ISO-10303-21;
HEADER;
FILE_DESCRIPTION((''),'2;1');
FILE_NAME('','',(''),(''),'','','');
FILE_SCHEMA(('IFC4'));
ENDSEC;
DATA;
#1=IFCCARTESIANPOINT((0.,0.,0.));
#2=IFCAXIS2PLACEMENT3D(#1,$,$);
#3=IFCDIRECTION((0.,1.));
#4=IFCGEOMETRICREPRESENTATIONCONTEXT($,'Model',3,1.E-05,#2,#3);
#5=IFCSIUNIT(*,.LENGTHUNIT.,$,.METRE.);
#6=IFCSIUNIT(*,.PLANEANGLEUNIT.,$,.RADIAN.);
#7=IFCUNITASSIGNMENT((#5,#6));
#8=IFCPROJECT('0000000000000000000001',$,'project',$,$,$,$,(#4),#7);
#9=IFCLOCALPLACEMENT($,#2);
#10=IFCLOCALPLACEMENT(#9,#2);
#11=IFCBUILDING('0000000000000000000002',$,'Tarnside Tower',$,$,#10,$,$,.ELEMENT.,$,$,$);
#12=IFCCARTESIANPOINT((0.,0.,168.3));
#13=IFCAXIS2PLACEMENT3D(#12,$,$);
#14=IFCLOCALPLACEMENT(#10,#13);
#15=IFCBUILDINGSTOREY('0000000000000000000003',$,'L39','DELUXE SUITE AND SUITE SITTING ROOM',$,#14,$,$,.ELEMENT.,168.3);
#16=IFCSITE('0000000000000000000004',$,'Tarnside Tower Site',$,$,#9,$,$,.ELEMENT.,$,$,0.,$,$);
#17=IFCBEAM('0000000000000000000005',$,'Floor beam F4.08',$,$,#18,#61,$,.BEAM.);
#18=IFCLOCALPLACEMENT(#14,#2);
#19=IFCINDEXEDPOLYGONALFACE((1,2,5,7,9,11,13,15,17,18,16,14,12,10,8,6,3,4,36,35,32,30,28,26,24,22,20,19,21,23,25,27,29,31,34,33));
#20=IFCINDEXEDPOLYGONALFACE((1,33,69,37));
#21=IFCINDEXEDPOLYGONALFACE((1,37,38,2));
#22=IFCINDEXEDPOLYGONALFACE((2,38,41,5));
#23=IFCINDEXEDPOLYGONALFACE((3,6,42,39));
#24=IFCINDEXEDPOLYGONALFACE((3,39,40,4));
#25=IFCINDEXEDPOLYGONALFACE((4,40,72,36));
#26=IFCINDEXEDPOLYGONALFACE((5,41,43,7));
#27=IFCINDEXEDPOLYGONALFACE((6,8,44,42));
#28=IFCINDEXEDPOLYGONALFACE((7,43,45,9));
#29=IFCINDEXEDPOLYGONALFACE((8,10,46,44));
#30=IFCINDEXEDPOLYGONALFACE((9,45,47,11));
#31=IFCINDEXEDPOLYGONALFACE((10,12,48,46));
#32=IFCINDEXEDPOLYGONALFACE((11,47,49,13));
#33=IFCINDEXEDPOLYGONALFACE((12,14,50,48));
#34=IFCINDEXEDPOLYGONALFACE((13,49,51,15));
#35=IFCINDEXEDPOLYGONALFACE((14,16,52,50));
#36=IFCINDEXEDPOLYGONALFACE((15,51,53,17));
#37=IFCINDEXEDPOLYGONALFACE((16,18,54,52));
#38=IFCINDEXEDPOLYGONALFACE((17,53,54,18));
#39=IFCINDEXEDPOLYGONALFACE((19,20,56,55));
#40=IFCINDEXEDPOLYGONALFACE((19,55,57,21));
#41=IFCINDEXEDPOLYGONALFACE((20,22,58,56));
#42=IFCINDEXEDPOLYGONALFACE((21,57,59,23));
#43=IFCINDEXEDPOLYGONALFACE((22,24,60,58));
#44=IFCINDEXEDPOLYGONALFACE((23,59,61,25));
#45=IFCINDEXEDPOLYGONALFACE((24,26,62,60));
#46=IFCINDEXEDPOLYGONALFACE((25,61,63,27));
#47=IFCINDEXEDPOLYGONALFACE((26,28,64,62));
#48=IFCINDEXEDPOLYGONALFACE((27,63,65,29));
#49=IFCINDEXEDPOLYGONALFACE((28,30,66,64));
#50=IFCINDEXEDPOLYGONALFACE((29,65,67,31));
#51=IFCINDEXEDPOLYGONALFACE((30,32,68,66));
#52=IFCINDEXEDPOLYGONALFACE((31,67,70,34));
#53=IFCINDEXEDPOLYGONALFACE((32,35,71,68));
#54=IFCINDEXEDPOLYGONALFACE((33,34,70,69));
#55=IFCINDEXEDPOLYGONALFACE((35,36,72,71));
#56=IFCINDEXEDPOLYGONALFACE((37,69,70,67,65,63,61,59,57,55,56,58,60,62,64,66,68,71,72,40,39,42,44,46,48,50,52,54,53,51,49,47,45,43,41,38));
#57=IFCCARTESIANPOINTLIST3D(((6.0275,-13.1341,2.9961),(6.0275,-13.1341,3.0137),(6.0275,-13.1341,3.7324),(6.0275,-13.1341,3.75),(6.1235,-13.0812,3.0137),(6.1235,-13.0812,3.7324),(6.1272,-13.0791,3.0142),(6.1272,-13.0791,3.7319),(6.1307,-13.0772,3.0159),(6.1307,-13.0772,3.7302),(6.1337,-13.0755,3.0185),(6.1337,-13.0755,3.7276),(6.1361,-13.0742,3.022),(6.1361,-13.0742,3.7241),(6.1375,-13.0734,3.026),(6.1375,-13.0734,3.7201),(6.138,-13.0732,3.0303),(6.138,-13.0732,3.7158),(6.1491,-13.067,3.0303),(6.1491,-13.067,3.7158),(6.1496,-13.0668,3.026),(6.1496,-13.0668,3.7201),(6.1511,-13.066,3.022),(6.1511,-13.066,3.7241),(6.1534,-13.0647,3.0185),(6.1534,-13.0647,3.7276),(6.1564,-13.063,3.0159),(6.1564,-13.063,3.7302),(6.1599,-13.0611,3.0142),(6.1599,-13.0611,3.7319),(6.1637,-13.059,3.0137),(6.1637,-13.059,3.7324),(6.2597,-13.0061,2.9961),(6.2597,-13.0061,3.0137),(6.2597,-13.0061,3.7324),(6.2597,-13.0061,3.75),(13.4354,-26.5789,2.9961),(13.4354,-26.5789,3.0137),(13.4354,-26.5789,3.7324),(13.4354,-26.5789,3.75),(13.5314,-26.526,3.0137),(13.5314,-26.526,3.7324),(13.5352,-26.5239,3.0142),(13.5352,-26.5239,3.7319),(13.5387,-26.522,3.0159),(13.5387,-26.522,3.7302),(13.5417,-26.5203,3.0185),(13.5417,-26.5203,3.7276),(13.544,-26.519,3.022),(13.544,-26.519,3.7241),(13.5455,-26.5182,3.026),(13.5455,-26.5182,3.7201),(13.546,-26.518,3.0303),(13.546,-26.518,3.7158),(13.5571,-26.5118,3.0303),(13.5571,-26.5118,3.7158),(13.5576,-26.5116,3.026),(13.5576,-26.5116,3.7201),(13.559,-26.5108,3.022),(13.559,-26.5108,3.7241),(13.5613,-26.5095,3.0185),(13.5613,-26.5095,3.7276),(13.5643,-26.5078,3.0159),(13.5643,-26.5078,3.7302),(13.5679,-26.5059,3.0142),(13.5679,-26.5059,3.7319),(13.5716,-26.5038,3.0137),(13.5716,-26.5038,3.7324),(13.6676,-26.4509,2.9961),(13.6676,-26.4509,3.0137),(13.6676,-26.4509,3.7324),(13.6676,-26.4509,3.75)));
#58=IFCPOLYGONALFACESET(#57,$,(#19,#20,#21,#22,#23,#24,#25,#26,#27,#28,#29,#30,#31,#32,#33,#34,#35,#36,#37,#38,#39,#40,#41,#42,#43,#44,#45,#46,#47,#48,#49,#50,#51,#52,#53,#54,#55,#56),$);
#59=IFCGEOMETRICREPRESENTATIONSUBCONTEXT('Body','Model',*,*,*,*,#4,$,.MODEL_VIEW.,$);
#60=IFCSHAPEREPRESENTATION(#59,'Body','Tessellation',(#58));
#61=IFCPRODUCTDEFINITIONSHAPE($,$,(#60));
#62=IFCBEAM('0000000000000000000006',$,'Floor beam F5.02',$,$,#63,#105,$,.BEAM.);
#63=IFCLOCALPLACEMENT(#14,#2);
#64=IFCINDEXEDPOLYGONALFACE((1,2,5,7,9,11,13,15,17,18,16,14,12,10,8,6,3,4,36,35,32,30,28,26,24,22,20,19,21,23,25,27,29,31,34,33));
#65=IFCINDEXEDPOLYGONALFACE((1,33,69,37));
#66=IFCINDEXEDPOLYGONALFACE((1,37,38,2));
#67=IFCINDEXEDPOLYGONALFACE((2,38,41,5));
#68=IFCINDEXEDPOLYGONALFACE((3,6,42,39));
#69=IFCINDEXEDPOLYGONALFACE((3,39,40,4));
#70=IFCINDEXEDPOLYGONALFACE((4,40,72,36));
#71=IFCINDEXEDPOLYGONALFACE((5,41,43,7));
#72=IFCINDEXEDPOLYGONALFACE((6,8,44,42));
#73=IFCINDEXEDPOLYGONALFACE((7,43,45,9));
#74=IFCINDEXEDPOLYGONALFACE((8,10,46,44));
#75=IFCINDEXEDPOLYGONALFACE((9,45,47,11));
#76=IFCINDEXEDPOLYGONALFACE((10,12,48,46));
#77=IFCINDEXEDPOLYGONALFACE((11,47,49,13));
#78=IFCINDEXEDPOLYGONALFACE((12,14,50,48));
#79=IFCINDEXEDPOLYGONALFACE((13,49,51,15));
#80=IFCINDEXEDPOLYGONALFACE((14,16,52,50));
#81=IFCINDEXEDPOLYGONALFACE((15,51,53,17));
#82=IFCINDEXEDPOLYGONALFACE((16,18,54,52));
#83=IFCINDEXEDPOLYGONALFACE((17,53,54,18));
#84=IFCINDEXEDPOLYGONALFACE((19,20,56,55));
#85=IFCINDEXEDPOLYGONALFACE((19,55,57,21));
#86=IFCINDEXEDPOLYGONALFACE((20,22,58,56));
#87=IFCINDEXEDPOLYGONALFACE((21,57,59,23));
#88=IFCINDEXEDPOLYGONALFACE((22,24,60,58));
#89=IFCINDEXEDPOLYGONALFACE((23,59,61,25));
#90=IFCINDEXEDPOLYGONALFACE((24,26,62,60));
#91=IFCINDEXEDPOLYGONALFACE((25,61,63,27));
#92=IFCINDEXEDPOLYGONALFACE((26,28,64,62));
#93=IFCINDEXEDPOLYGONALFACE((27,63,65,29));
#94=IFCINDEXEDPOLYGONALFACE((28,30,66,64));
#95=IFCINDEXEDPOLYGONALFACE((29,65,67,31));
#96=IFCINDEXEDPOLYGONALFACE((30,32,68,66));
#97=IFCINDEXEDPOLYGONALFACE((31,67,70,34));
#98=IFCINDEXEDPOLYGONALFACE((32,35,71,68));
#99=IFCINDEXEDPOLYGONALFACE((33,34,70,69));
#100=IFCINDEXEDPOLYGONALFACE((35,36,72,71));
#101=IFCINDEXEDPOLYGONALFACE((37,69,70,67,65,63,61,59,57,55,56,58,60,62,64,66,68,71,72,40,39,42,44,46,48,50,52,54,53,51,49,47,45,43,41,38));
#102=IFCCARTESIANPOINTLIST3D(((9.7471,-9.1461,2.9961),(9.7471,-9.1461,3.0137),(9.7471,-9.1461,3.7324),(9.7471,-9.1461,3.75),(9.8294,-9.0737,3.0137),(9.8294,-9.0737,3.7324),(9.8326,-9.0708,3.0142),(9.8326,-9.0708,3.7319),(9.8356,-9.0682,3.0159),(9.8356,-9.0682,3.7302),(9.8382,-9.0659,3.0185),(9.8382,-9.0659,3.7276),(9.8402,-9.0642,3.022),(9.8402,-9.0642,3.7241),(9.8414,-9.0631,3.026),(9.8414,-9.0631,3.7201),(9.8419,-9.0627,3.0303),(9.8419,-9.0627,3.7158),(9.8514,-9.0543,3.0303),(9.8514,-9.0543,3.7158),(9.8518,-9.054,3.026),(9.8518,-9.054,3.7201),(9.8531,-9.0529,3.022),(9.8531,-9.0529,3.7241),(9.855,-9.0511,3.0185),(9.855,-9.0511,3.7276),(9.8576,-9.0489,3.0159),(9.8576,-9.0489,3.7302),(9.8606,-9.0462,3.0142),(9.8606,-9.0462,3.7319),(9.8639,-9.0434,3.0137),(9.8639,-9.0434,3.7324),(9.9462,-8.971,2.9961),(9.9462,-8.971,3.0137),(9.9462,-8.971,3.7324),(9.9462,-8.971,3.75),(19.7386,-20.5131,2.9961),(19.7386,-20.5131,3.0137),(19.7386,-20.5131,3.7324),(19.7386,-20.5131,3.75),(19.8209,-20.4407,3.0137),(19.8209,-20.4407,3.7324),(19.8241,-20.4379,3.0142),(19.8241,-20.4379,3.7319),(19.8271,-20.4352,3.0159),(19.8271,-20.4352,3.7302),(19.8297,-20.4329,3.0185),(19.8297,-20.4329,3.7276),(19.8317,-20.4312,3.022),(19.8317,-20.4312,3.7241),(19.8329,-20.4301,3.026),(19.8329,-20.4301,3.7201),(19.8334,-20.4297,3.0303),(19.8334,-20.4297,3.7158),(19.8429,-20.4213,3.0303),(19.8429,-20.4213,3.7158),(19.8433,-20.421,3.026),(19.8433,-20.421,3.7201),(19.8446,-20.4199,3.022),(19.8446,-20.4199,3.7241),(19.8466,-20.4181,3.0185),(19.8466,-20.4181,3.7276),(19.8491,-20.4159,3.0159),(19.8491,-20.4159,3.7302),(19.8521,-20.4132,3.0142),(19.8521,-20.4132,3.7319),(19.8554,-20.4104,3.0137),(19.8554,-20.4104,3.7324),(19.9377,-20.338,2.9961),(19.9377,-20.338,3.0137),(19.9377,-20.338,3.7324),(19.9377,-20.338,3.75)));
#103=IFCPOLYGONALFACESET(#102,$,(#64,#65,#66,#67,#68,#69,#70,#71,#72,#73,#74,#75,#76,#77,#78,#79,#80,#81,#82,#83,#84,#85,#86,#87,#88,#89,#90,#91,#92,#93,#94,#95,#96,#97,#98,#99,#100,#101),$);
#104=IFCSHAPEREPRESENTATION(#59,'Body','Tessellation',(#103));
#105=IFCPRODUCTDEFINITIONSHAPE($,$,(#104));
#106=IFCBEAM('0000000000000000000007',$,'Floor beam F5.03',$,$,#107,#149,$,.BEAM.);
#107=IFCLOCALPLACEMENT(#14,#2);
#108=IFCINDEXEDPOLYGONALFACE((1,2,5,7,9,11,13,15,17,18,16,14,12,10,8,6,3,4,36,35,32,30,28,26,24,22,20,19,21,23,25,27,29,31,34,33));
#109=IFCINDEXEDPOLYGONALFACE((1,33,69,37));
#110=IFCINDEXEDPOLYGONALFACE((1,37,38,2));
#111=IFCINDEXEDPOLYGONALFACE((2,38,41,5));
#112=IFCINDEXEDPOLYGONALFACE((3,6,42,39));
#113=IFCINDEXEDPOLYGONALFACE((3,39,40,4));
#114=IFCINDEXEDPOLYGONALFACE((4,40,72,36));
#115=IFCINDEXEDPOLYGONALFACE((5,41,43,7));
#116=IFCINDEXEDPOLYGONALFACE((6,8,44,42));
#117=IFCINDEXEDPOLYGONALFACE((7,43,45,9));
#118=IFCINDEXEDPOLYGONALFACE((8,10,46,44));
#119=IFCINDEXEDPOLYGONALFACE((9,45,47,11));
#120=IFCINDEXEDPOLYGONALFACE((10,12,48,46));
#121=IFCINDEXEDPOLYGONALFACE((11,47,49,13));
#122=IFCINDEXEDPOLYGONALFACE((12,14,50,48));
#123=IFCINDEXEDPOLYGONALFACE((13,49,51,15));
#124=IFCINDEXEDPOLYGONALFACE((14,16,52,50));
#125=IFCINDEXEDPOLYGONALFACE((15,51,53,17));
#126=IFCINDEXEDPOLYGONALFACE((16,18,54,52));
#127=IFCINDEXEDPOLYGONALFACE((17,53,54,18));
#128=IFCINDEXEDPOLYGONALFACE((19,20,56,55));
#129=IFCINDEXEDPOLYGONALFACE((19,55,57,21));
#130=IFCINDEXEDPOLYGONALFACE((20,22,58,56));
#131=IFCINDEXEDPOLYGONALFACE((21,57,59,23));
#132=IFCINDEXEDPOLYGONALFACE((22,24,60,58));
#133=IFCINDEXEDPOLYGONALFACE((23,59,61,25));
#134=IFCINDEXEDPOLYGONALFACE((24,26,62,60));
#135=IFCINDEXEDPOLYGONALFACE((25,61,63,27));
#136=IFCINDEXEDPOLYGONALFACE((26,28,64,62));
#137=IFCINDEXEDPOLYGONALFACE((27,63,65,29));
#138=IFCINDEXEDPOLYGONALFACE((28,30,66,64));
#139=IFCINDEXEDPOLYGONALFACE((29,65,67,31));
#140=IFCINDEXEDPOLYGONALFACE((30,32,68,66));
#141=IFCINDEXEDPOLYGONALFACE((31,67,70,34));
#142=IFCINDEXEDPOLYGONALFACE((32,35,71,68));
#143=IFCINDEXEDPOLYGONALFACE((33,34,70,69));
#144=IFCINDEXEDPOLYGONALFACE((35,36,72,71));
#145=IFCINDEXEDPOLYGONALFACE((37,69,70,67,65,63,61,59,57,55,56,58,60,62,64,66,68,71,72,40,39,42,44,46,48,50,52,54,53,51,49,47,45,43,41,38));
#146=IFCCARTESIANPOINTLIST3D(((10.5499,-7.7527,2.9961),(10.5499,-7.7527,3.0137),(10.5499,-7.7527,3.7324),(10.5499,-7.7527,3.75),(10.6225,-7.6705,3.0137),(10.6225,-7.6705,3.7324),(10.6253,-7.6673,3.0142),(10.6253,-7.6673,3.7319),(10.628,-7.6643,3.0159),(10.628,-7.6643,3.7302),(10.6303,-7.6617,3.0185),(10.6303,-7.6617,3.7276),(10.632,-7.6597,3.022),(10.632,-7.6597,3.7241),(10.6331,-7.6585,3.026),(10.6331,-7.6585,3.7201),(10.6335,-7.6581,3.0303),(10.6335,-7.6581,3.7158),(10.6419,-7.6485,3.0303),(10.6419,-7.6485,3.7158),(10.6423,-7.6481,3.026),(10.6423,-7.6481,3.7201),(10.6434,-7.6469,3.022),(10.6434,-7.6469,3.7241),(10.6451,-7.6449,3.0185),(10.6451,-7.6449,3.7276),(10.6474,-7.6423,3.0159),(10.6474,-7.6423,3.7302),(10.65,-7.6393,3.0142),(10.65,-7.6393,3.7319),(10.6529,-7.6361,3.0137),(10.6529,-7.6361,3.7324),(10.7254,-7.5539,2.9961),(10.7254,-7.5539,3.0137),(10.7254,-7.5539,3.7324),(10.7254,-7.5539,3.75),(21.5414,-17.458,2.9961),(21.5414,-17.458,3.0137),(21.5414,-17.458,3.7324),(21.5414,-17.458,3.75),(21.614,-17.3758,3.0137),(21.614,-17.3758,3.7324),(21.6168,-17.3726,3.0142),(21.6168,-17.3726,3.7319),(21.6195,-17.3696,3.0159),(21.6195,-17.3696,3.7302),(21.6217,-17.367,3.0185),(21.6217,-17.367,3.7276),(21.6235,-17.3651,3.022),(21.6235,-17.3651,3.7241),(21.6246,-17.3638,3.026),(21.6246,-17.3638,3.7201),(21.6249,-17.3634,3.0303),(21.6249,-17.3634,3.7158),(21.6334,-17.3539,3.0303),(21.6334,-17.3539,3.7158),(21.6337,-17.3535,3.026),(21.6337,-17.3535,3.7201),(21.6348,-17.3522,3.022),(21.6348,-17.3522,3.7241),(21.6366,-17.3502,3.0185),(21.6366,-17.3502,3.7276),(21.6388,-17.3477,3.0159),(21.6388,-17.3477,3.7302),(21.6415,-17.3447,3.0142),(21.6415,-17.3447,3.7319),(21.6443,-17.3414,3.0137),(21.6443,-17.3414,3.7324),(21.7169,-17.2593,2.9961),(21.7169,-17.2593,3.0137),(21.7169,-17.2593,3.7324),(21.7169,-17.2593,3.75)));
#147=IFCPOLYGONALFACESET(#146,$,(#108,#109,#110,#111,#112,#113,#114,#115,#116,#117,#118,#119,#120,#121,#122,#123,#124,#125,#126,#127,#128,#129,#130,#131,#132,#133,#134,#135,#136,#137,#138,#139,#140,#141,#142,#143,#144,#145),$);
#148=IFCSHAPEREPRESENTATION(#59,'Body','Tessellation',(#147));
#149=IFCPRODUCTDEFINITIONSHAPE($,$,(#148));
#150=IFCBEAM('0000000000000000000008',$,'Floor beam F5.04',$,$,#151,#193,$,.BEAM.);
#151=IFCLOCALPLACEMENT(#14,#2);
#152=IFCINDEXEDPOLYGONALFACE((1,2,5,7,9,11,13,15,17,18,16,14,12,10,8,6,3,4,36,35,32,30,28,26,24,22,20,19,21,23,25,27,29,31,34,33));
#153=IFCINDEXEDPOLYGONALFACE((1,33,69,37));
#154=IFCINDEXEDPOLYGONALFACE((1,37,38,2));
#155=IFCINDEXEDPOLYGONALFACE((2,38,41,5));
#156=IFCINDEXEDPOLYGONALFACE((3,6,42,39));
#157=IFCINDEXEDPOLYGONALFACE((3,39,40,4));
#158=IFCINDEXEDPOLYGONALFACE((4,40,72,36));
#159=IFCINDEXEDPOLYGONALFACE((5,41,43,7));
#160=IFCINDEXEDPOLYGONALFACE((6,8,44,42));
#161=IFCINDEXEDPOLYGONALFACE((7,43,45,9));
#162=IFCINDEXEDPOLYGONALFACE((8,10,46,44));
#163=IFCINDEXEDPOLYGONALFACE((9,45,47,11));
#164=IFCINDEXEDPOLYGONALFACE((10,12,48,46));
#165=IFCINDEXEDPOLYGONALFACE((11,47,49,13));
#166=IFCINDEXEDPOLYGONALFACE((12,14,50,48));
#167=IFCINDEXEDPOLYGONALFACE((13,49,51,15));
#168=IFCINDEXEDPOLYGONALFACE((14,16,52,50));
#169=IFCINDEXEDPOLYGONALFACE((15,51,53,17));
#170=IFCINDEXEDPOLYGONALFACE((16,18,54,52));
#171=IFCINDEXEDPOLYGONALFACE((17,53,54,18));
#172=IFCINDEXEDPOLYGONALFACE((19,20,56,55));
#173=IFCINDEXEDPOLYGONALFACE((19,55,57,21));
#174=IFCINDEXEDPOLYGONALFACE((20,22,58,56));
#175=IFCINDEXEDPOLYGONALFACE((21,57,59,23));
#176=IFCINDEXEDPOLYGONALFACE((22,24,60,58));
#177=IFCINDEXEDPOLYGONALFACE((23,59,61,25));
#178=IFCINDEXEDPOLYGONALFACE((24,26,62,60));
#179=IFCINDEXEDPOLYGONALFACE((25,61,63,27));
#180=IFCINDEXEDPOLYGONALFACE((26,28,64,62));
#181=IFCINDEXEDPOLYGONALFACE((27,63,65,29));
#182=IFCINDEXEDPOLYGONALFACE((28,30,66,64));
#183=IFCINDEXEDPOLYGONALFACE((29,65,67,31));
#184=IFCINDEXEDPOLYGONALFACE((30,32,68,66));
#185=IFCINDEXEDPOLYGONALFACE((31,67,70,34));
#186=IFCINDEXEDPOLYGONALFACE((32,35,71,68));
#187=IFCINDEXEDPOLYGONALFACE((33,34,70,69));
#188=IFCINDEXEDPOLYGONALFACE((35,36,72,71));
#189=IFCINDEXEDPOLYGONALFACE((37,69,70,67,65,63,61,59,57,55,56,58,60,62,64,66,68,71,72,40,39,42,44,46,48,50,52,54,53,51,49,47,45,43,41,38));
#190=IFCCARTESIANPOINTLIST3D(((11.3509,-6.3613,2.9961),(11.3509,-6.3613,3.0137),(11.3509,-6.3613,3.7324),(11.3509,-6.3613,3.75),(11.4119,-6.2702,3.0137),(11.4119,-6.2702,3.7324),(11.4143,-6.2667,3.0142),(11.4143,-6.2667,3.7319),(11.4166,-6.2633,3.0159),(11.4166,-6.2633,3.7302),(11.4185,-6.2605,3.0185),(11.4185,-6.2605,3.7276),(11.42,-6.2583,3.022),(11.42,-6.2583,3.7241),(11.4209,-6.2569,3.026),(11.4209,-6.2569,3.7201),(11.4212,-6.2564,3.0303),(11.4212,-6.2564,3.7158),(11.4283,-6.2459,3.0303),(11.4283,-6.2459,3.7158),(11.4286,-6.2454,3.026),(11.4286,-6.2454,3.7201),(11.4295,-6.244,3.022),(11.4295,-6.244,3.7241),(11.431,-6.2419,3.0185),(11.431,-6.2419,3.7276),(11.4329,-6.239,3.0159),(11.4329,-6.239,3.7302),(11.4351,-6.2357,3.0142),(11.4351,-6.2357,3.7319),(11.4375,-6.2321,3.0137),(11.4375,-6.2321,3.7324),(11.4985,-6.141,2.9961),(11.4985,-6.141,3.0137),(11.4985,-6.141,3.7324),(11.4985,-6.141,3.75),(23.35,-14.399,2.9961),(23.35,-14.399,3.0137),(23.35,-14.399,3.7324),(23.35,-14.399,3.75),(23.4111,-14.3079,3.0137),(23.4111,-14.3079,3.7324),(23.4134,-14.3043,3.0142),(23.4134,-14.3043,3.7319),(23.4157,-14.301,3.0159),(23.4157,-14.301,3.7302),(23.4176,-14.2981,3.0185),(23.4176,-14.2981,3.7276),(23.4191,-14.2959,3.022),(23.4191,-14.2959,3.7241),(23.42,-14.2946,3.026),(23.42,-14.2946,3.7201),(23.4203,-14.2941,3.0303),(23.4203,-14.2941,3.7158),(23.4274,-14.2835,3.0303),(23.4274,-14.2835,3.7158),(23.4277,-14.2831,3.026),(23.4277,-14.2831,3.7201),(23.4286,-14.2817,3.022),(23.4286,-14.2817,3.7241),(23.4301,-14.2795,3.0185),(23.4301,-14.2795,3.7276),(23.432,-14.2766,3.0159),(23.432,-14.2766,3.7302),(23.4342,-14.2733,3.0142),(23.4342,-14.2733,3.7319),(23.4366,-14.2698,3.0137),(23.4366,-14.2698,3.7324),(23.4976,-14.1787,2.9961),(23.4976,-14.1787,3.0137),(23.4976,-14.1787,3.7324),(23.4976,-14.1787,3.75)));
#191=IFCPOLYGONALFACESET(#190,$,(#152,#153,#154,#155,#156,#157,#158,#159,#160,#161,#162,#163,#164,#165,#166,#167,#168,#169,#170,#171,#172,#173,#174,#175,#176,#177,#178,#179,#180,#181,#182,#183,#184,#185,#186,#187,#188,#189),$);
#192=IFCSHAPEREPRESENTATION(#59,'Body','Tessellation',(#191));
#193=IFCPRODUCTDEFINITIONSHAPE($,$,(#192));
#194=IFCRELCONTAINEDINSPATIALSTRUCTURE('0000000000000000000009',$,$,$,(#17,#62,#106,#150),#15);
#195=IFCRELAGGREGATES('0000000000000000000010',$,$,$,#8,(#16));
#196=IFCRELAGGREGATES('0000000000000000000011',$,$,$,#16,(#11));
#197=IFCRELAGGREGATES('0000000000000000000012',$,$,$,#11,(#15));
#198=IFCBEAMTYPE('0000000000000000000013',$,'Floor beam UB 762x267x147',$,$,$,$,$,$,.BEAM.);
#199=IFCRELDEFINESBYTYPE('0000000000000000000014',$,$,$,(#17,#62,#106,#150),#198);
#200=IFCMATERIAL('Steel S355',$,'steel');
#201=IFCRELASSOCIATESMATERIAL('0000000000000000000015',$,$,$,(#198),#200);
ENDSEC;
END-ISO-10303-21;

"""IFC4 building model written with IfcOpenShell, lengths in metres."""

from ifc_helpers import new_model, si_unit, direction, frame, origin, origin_2d, place, context, subcontext, project, spatial, i_section, extrude, material, material_profile, profile_set, type_object, element, save


model = new_model("IFC4")

# Units and contexts
model_context = context("Model", 3, precision=1e-05, world=origin(), true_north=direction((0.0, 1.0)))
body_context = subcontext(model_context, "Body", "Model", "MODEL_VIEW")
ifc_project = project(units=[si_unit("LENGTHUNIT", "METRE"), si_unit("PLANEANGLEUNIT", "RADIAN")], contexts=[model_context])

# Site, building, storey
site_placement = place(None, origin())
site = spatial("IfcSite", under=ifc_project, at=site_placement, Name="Tarnside Tower Site", CompositionType="ELEMENT", RefElevation=0.0)
building_placement = place(site_placement, origin())
building = spatial("IfcBuilding", under=site, at=building_placement, Name="Tarnside Tower", CompositionType="ELEMENT")
storey_placement = place(building_placement, frame((0.0, 0.0, 168.3)))
storey = spatial("IfcBuildingStorey", under=building, at=storey_placement, Name="L39", Description="DELUXE SUITE AND SUITE SITTING ROOM", CompositionType="ELEMENT", Elevation=168.3)

# Beams
ifc_material_1 = material(Name="Steel S355", Category="steel")
ifc_material_profile_1 = material_profile(ifc_material_1, i_section(OverallWidth=0.2651, OverallDepth=0.7539, WebThickness=0.0127, FlangeThickness=0.0176, FilletRadius=0.0166, at=origin_2d()), Name="UB 762x267x147")
ifc_profile_set_1 = profile_set([ifc_material_profile_1], Name="Steel S355")
beam_type_1 = type_object("IfcBeamType", Name="Floor beam UB 762x267x147", PredefinedType="BEAM", material=ifc_profile_set_1)
beam_1_placement = place(storey_placement, frame((13.5515, -26.5149, 3.373), z_axis=(-0.482584, 0.87585, 0.0), x_axis=(-0.87585, -0.482584, 0.0)))
element("IfcBeam", 1, at=beam_1_placement, inside=storey, type_object=beam_type_1, Name="Floor beam F4.08", PredefinedType="BEAM", context=body_context, shape_type="SweptSolid", body=[
    extrude(i_section(OverallWidth=0.2651, OverallDepth=0.7539, WebThickness=0.0127, FlangeThickness=0.0176, FilletRadius=0.0166, at=origin_2d()), origin(), (0.0, 0.0, 1.0), 15.3506),
])
beam_2_placement = place(storey_placement, frame((19.8381, -20.4255, 3.373), z_axis=(-0.660201, 0.751089, 0.0), x_axis=(-0.751089, -0.660201, 0.0)))
element("IfcBeam", 2, at=beam_2_placement, inside=storey, type_object=beam_type_1, Name="Floor beam F5.02", PredefinedType="BEAM", context=body_context, shape_type="SweptSolid", body=[
    extrude(i_section(OverallWidth=0.2651, OverallDepth=0.7539, WebThickness=0.0127, FlangeThickness=0.0176, FilletRadius=0.0166, at=origin_2d()), origin(), (0.0, 0.0, 1.0), 15.134),
])
beam_3_placement = place(storey_placement, frame((21.6292, -17.3586, 3.373), z_axis=(-0.749602, 0.661889, 0.0), x_axis=(-0.661889, -0.749602, 0.0)))
element("IfcBeam", 3, at=beam_3_placement, inside=storey, type_object=beam_type_1, Name="Floor beam F5.03", PredefinedType="BEAM", context=body_context, shape_type="SweptSolid", body=[
    extrude(i_section(OverallWidth=0.2651, OverallDepth=0.7539, WebThickness=0.0127, FlangeThickness=0.0176, FilletRadius=0.0166, at=origin_2d()), origin(), (0.0, 0.0, 1.0), 14.6631),
])
beam_4_placement = place(storey_placement, frame((23.4238, -14.2888, 3.373), z_axis=(-0.830826, 0.556532, 0.0), x_axis=(-0.556532, -0.830826, 0.0)))
element("IfcBeam", 4, at=beam_4_placement, inside=storey, type_object=beam_type_1, Name="Floor beam F5.04", PredefinedType="BEAM", context=body_context, shape_type="SweptSolid", body=[
    extrude(i_section(OverallWidth=0.2651, OverallDepth=0.7539, WebThickness=0.0127, FlangeThickness=0.0176, FilletRadius=0.0166, at=origin_2d()), origin(), (0.0, 0.0, 1.0), 14.4424),
])

save(model, "model.ifc")
